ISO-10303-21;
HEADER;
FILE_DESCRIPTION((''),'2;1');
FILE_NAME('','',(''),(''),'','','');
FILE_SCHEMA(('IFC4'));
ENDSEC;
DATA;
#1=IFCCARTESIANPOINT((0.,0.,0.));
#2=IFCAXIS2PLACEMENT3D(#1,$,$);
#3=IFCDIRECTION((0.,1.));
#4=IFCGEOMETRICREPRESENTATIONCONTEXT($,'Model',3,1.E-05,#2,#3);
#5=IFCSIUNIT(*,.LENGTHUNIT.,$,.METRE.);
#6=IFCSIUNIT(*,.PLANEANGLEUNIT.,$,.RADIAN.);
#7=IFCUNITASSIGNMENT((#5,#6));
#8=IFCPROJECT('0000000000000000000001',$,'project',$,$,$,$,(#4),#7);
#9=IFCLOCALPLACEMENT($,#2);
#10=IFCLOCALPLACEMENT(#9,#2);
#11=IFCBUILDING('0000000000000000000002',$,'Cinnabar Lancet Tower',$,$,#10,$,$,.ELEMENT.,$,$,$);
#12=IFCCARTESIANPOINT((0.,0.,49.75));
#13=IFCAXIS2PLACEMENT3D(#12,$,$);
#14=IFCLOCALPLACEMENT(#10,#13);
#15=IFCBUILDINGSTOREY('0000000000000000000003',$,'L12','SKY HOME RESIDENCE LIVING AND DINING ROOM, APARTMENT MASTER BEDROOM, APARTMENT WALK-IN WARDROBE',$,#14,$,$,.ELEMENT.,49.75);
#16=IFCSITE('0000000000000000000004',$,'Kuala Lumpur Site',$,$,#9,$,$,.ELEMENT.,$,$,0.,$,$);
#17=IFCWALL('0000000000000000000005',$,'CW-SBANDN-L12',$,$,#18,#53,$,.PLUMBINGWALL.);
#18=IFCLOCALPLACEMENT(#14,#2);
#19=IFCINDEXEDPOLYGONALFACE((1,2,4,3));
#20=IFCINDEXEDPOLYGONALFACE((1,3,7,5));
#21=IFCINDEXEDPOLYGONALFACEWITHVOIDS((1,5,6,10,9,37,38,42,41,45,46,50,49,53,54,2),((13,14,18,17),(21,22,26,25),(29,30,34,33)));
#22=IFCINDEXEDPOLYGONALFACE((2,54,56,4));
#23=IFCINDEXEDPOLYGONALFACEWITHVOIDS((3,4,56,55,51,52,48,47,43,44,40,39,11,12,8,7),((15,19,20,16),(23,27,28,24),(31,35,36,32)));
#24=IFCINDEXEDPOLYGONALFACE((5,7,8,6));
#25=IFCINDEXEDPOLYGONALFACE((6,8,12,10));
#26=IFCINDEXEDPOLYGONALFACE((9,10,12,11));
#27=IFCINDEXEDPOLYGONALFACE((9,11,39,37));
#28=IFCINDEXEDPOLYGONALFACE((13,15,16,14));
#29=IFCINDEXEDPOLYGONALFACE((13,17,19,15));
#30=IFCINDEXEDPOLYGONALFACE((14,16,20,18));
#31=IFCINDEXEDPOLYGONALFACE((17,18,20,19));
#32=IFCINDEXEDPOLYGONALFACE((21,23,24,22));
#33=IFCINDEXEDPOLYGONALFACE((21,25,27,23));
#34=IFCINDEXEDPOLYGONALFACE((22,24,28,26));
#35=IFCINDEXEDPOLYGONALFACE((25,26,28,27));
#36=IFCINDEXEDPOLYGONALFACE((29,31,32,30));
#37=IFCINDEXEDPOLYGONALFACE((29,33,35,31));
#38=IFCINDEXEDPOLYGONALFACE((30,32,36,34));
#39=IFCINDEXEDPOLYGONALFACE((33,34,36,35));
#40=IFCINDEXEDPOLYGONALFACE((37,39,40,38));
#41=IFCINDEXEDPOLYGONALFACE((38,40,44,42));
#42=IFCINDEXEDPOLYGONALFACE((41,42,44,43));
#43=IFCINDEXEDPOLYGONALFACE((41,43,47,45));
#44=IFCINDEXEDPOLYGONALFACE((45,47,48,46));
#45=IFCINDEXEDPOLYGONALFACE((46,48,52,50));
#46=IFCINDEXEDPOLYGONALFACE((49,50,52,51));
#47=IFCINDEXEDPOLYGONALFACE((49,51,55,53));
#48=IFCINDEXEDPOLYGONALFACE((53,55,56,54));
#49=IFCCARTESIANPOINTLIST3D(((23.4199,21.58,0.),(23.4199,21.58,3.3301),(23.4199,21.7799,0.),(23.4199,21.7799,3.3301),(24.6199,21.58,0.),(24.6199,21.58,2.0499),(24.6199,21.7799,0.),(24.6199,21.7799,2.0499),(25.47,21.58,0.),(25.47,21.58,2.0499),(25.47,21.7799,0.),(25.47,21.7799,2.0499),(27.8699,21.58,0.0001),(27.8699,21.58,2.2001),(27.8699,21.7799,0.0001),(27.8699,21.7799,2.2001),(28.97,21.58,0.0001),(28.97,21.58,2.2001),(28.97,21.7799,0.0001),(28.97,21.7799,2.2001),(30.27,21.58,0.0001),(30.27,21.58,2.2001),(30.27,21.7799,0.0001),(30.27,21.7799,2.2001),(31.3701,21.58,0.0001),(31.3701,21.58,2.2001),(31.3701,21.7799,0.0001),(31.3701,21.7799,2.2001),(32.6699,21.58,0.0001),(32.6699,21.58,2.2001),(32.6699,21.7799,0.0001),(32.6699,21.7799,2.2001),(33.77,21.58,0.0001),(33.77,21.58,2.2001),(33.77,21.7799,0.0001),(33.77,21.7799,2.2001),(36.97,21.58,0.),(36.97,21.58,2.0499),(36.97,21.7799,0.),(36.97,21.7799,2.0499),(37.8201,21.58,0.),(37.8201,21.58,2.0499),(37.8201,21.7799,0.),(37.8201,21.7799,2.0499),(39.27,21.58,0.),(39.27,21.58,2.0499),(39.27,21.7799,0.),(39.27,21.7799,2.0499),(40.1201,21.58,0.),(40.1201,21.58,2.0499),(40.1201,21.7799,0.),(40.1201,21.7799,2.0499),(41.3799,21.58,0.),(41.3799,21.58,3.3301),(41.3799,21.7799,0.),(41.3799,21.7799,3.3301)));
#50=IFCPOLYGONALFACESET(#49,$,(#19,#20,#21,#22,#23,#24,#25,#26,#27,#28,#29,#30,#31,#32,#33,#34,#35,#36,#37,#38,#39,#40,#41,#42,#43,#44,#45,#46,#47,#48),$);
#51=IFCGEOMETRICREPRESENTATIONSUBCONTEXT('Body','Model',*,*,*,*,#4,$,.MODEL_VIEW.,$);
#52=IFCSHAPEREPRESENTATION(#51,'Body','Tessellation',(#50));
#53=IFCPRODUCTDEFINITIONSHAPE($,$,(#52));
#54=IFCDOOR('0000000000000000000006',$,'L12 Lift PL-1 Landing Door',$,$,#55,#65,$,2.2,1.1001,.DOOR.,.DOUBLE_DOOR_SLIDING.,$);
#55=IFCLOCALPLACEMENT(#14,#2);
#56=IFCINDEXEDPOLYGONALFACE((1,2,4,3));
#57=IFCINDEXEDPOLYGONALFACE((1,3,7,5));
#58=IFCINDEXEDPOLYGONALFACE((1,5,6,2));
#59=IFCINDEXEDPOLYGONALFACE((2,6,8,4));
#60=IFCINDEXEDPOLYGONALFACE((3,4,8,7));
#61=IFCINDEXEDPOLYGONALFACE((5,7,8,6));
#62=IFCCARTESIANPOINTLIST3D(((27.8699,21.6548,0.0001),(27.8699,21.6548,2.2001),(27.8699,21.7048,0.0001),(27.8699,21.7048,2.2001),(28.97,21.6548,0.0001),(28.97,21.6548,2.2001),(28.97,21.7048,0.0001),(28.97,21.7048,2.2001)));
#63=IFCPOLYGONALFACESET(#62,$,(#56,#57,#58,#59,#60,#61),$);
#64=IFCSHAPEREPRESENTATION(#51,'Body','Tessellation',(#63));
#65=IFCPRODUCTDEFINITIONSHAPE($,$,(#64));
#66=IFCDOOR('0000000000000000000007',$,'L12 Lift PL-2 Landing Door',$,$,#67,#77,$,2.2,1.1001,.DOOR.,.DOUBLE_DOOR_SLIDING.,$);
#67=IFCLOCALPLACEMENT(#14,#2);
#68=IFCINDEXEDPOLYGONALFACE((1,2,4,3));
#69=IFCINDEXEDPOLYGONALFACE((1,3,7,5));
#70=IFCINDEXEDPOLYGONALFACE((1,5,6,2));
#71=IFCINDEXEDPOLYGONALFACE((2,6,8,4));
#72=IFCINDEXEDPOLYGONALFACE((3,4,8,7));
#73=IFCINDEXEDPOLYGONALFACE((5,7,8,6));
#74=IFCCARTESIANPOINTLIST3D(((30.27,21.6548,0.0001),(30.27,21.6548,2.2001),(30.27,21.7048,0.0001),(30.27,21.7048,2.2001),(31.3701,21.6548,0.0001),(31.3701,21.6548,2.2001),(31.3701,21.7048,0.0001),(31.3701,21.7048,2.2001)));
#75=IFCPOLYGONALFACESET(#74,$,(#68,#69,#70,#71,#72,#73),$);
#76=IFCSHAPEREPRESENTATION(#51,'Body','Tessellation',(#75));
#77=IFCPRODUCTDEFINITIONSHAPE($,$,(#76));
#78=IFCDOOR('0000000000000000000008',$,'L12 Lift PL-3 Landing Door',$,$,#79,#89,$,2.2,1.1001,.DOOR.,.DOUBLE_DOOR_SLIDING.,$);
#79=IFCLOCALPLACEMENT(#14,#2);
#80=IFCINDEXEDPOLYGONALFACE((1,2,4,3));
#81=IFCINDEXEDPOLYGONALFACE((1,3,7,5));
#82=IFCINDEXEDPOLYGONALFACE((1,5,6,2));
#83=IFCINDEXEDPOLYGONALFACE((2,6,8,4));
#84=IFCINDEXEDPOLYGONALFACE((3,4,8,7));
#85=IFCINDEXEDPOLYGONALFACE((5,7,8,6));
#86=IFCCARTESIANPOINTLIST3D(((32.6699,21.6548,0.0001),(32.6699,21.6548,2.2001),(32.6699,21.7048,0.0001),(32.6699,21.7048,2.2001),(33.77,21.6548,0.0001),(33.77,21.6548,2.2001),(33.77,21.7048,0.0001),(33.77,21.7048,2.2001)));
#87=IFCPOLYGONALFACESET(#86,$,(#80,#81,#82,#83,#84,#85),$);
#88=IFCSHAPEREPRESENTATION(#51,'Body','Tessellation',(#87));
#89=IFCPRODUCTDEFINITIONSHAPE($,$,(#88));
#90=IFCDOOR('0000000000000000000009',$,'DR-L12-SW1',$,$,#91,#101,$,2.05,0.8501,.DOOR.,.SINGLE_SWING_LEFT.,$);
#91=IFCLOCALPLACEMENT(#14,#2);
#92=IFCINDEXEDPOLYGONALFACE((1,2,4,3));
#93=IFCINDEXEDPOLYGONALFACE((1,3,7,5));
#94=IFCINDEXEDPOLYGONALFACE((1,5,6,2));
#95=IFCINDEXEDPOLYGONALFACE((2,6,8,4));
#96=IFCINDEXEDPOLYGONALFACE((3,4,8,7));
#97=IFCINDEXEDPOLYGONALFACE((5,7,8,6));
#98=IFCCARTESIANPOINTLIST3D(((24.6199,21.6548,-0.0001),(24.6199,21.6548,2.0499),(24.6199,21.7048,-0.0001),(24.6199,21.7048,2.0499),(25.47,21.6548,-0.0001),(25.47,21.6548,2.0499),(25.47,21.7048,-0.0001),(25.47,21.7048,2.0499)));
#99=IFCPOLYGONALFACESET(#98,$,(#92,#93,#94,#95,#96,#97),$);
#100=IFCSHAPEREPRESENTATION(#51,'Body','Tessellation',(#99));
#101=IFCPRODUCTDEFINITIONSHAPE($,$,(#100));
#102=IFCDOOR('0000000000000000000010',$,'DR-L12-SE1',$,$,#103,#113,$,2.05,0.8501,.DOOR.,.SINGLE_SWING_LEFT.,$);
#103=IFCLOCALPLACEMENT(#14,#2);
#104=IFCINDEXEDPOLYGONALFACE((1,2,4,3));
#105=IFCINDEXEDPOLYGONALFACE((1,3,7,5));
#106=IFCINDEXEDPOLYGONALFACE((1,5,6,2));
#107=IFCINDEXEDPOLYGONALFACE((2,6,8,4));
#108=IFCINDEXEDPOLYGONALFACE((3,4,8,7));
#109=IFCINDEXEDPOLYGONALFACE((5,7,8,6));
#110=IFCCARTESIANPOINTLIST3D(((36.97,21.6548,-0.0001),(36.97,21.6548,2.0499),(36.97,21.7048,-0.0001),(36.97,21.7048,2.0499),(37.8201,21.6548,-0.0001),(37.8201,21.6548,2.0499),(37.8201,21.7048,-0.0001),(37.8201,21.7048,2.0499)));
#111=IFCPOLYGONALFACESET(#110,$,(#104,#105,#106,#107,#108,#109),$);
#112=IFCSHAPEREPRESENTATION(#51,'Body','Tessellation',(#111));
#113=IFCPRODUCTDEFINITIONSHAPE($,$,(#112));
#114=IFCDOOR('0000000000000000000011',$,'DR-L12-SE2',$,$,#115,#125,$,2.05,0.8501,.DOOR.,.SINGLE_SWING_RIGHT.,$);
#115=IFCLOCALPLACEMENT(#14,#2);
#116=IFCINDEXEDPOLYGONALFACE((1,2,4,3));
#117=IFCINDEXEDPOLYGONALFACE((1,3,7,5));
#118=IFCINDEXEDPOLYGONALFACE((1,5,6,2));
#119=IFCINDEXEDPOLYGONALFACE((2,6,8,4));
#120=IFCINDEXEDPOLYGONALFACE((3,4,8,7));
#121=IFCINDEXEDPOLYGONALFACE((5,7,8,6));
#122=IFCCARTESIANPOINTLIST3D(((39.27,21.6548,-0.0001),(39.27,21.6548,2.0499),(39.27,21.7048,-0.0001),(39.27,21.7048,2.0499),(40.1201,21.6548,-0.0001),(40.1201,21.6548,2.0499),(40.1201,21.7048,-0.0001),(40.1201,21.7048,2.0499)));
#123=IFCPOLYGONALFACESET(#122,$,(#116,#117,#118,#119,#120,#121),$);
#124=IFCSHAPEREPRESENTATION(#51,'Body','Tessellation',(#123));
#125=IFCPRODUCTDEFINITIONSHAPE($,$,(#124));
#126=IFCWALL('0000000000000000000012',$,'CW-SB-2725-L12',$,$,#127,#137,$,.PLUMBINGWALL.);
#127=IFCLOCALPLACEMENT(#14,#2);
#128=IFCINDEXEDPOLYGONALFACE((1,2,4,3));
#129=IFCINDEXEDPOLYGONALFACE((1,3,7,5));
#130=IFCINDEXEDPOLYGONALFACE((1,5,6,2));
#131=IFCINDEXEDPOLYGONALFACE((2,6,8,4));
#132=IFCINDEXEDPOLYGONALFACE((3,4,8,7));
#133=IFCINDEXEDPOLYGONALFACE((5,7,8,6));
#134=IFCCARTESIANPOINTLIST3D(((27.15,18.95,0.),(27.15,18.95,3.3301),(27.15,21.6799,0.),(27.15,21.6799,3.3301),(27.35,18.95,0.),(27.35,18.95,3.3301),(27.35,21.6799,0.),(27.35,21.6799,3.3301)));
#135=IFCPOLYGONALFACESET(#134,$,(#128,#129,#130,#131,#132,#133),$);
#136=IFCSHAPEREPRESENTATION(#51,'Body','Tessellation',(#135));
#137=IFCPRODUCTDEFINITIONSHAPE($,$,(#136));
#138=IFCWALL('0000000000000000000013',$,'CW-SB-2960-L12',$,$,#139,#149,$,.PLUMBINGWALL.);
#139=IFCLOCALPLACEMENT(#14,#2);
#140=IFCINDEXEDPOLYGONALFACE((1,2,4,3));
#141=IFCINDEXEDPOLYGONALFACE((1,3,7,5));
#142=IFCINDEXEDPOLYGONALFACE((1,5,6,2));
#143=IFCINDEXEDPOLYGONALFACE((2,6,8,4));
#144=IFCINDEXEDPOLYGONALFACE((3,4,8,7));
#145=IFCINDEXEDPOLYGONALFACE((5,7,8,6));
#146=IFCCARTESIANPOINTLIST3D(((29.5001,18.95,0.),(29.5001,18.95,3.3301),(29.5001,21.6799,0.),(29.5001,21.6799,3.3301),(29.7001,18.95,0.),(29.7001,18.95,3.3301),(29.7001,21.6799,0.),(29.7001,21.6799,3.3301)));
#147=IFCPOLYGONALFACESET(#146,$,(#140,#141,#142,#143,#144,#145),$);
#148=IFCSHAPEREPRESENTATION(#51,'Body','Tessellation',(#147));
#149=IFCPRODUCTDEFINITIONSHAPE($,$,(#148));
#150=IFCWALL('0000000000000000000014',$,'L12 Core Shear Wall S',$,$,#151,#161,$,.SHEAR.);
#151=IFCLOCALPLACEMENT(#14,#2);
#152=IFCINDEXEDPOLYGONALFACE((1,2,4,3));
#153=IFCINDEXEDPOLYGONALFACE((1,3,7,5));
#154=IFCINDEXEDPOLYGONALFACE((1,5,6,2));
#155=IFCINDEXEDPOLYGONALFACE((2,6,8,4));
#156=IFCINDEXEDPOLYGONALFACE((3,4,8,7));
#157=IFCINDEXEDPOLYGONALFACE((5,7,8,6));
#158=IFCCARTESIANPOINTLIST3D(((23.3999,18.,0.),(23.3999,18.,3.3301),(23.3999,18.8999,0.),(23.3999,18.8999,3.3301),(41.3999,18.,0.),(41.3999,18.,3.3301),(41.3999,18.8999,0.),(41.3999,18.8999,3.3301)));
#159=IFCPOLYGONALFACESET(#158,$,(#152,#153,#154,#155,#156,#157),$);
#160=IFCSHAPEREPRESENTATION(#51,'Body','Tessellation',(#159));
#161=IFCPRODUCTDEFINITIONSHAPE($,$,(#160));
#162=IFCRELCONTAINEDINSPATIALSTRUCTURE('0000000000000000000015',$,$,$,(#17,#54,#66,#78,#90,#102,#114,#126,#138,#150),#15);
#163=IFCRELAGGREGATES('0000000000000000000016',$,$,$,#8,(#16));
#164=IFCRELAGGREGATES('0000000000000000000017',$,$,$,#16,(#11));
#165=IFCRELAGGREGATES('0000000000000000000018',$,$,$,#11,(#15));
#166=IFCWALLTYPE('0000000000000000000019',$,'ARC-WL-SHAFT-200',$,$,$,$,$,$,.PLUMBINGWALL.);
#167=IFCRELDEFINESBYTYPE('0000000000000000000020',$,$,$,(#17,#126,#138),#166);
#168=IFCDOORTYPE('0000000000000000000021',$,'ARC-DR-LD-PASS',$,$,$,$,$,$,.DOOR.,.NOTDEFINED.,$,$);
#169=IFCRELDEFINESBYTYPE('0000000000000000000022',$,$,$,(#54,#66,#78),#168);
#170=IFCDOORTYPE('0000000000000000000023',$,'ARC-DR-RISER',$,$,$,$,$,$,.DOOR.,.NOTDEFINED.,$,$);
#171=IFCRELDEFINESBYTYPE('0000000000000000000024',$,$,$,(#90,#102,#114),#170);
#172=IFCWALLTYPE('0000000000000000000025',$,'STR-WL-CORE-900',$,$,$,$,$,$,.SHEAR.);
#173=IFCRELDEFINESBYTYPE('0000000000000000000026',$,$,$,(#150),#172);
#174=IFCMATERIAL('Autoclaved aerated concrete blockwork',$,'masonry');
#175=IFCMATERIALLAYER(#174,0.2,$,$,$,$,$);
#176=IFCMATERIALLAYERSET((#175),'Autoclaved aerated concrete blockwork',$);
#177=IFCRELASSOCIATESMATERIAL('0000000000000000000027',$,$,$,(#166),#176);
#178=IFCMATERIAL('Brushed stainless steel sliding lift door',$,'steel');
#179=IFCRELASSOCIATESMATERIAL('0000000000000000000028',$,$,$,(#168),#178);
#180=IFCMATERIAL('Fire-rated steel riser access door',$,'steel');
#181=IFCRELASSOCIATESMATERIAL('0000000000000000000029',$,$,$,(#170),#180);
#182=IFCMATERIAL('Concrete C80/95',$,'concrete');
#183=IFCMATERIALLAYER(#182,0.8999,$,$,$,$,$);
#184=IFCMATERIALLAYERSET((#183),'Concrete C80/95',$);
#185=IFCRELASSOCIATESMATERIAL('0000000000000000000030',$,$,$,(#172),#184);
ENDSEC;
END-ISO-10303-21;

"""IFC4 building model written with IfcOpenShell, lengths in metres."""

from ifc_helpers import new_model, si_unit, direction, frame, frame_2d, origin, place, context, subcontext, project, spatial, rectangle, extrude, material, layer, layer_set, type_object, element, fill, save


model = new_model("IFC4")

# Units and contexts
model_context = context("Model", 3, precision=1e-05, world=origin(), true_north=direction((0.0, 1.0)))
body_context = subcontext(model_context, "Body", "Model", "MODEL_VIEW")
ifc_project = project(units=[si_unit("LENGTHUNIT", "METRE"), si_unit("PLANEANGLEUNIT", "RADIAN")], contexts=[model_context])

# Site, building, storey
site_placement = place(None, origin())
site = spatial("IfcSite", under=ifc_project, at=site_placement, Name="Kuala Lumpur Site", CompositionType="ELEMENT", RefElevation=0.0)
building_placement = place(site_placement, origin())
building = spatial("IfcBuilding", under=site, at=building_placement, Name="Cinnabar Lancet Tower", CompositionType="ELEMENT")
storey_placement = place(building_placement, frame((0.0, 0.0, 49.75)))
storey = spatial("IfcBuildingStorey", under=building, at=storey_placement, Name="L12", Description="SKY HOME RESIDENCE LIVING AND DINING ROOM, APARTMENT MASTER BEDROOM, APARTMENT WALK-IN WARDROBE", CompositionType="ELEMENT", Elevation=49.75)

# Shared definitions
ifc_material_1 = material(Name="Autoclaved aerated concrete blockwork", Category="masonry")
ifc_layer_1 = layer(ifc_material_1, 0.2)
ifc_layer_set_1 = layer_set([ifc_layer_1], Name="Autoclaved aerated concrete blockwork")
wall_type_1 = type_object("IfcWallType", Name="ARC-WL-SHAFT-200", PredefinedType="PLUMBINGWALL", material=ifc_layer_set_1)

# Wall, openings, doors
wall_1_placement = place(storey_placement, frame((23.4199, 21.6799, 0.0), z_axis=(0.0, 0.0, 1.0), x_axis=(1.0, 0.0, 0.0)))
wall_1 = element("IfcWall", 1, at=wall_1_placement, inside=storey, type_object=wall_type_1, Name="CW-SBANDN-L12", PredefinedType="PLUMBINGWALL", context=body_context, shape_type="SweptSolid", body=[
    extrude(rectangle(XDim=17.96, YDim=0.2, at=frame_2d((8.98, 0.0))), origin(), (0.0, 0.0, 1.0), 3.3301),
])
opening_1_placement = place(wall_1_placement, frame((4.45, 0.0, 0.0)))
opening_1 = element("IfcOpeningElement", 2, at=opening_1_placement, cuts=wall_1, PredefinedType="OPENING", context=body_context, shape_type="SweptSolid", body=[
    extrude(rectangle(XDim=1.1001, YDim=2.2, at=frame_2d((0.55, 1.1001))), frame((0.0, 0.1099, 0.0), z_axis=(0.0, -1.0, 0.0), x_axis=(1.0, 0.0, 0.0)), (0.0, 0.0, 1.0), 0.22),
])
opening_2_placement = place(wall_1_placement, frame((6.8501, 0.0, 0.0)))
opening_2 = element("IfcOpeningElement", 3, at=opening_2_placement, cuts=wall_1, PredefinedType="OPENING", context=body_context, shape_type="SweptSolid", body=[
    extrude(rectangle(XDim=1.1001, YDim=2.2, at=frame_2d((0.55, 1.1001))), frame((0.0, 0.1099, 0.0), z_axis=(0.0, -1.0, 0.0), x_axis=(1.0, 0.0, 0.0)), (0.0, 0.0, 1.0), 0.22),
])
opening_3_placement = place(wall_1_placement, frame((9.25, 0.0, 0.0)))
opening_3 = element("IfcOpeningElement", 4, at=opening_3_placement, cuts=wall_1, PredefinedType="OPENING", context=body_context, shape_type="SweptSolid", body=[
    extrude(rectangle(XDim=1.1001, YDim=2.2, at=frame_2d((0.55, 1.1001))), frame((0.0, 0.1099, 0.0), z_axis=(0.0, -1.0, 0.0), x_axis=(1.0, 0.0, 0.0)), (0.0, 0.0, 1.0), 0.22),
])
opening_4_placement = place(wall_1_placement, frame((1.2, 0.0, 0.0)))
opening_4 = element("IfcOpeningElement", 5, at=opening_4_placement, cuts=wall_1, PredefinedType="OPENING", context=body_context, shape_type="SweptSolid", body=[
    extrude(rectangle(XDim=0.8501, YDim=2.05, at=frame_2d((0.425, 1.0249))), frame((0.0, 0.1099, 0.0), z_axis=(0.0, -1.0, 0.0), x_axis=(1.0, 0.0, 0.0)), (0.0, 0.0, 1.0), 0.22),
])
opening_5_placement = place(wall_1_placement, frame((13.55, 0.0, 0.0)))
opening_5 = element("IfcOpeningElement", 6, at=opening_5_placement, cuts=wall_1, PredefinedType="OPENING", context=body_context, shape_type="SweptSolid", body=[
    extrude(rectangle(XDim=0.8501, YDim=2.05, at=frame_2d((0.425, 1.0249))), frame((0.0, 0.1099, 0.0), z_axis=(0.0, -1.0, 0.0), x_axis=(1.0, 0.0, 0.0)), (0.0, 0.0, 1.0), 0.22),
])
opening_6_placement = place(wall_1_placement, frame((15.8501, 0.0, 0.0)))
opening_6 = element("IfcOpeningElement", 7, at=opening_6_placement, cuts=wall_1, PredefinedType="OPENING", context=body_context, shape_type="SweptSolid", body=[
    extrude(rectangle(XDim=0.8501, YDim=2.05, at=frame_2d((0.425, 1.0249))), frame((0.0, 0.1099, 0.0), z_axis=(0.0, -1.0, 0.0), x_axis=(1.0, 0.0, 0.0)), (0.0, 0.0, 1.0), 0.22),
])
ifc_material_2 = material(Name="Brushed stainless steel sliding lift door", Category="steel")
door_type_1 = type_object("IfcDoorType", Name="ARC-DR-LD-PASS", OperationType="NOTDEFINED", PredefinedType="DOOR", material=ifc_material_2)
door_1_placement = place(opening_1_placement, origin())
door_1 = element("IfcDoor", 8, at=door_1_placement, inside=storey, type_object=door_type_1, Name="L12 Lift PL-1 Landing Door", OperationType="DOUBLE_DOOR_SLIDING", OverallHeight=2.2, OverallWidth=1.1001, PredefinedType="DOOR", context=body_context, shape_type="SweptSolid", body=[
    extrude(rectangle(XDim=1.1001, YDim=2.2, at=frame_2d((0.55, 1.1001))), frame((0.0, 0.0249, 0.0), z_axis=(0.0, -1.0, 0.0), x_axis=(1.0, 0.0, 0.0)), (0.0, 0.0, 1.0), 0.05),
])
fill(opening_1, door_1)
door_2_placement = place(opening_2_placement, origin())
door_2 = element("IfcDoor", 9, at=door_2_placement, inside=storey, type_object=door_type_1, Name="L12 Lift PL-2 Landing Door", OperationType="DOUBLE_DOOR_SLIDING", OverallHeight=2.2, OverallWidth=1.1001, PredefinedType="DOOR", context=body_context, shape_type="SweptSolid", body=[
    extrude(rectangle(XDim=1.1001, YDim=2.2, at=frame_2d((0.55, 1.1001))), frame((0.0, 0.0249, 0.0), z_axis=(0.0, -1.0, 0.0), x_axis=(1.0, 0.0, 0.0)), (0.0, 0.0, 1.0), 0.05),
])
fill(opening_2, door_2)
door_3_placement = place(opening_3_placement, origin())
door_3 = element("IfcDoor", 10, at=door_3_placement, inside=storey, type_object=door_type_1, Name="L12 Lift PL-3 Landing Door", OperationType="DOUBLE_DOOR_SLIDING", OverallHeight=2.2, OverallWidth=1.1001, PredefinedType="DOOR", context=body_context, shape_type="SweptSolid", body=[
    extrude(rectangle(XDim=1.1001, YDim=2.2, at=frame_2d((0.55, 1.1001))), frame((0.0, 0.0249, 0.0), z_axis=(0.0, -1.0, 0.0), x_axis=(1.0, 0.0, 0.0)), (0.0, 0.0, 1.0), 0.05),
])
fill(opening_3, door_3)
ifc_material_3 = material(Name="Fire-rated steel riser access door", Category="steel")
door_type_2 = type_object("IfcDoorType", Name="ARC-DR-RISER", OperationType="NOTDEFINED", PredefinedType="DOOR", material=ifc_material_3)
door_4_placement = place(opening_4_placement, origin())
door_4 = element("IfcDoor", 11, at=door_4_placement, inside=storey, type_object=door_type_2, Name="DR-L12-SW1", OperationType="SINGLE_SWING_LEFT", OverallHeight=2.05, OverallWidth=0.8501, PredefinedType="DOOR", context=body_context, shape_type="SweptSolid", body=[
    extrude(rectangle(XDim=0.8501, YDim=2.05, at=frame_2d((0.425, 1.0249))), frame((0.0, 0.0249, 0.0), z_axis=(0.0, -1.0, 0.0), x_axis=(1.0, 0.0, 0.0)), (0.0, 0.0, 1.0), 0.05),
])
fill(opening_4, door_4)
door_5_placement = place(opening_5_placement, origin())
door_5 = element("IfcDoor", 12, at=door_5_placement, inside=storey, type_object=door_type_2, Name="DR-L12-SE1", OperationType="SINGLE_SWING_LEFT", OverallHeight=2.05, OverallWidth=0.8501, PredefinedType="DOOR", context=body_context, shape_type="SweptSolid", body=[
    extrude(rectangle(XDim=0.8501, YDim=2.05, at=frame_2d((0.425, 1.0249))), frame((0.0, 0.0249, 0.0), z_axis=(0.0, -1.0, 0.0), x_axis=(1.0, 0.0, 0.0)), (0.0, 0.0, 1.0), 0.05),
])
fill(opening_5, door_5)
door_6_placement = place(opening_6_placement, origin())
door_6 = element("IfcDoor", 13, at=door_6_placement, inside=storey, type_object=door_type_2, Name="DR-L12-SE2", OperationType="SINGLE_SWING_RIGHT", OverallHeight=2.05, OverallWidth=0.8501, PredefinedType="DOOR", context=body_context, shape_type="SweptSolid", body=[
    extrude(rectangle(XDim=0.8501, YDim=2.05, at=frame_2d((0.425, 1.0249))), frame((0.0, 0.0249, 0.0), z_axis=(0.0, -1.0, 0.0), x_axis=(1.0, 0.0, 0.0)), (0.0, 0.0, 1.0), 0.05),
])
fill(opening_6, door_6)

# Walls
for number, where, z_axis, x_axis, name in (
    (14, (27.25, 18.95, 0.0), (0.0, 0.0, 1.0), (0.0, 1.0, 0.0), "CW-SB-2725-L12"),
    (15, (29.6001, 18.95, 0.0), (0.0, 0.0, 1.0), (0.0, 1.0, 0.0), "CW-SB-2960-L12"),
):
    element("IfcWall", number, at=place(storey_placement, frame(where, z_axis=z_axis, x_axis=x_axis)), inside=storey, type_object=wall_type_1, Name=name, PredefinedType="PLUMBINGWALL", context=body_context, shape_type="SweptSolid", body=[
        extrude(rectangle(XDim=2.73, YDim=0.2, at=frame_2d((1.365, 0.0))), origin(), (0.0, 0.0, 1.0), 3.3301),
    ])
ifc_material_4 = material(Name="Concrete C80/95", Category="concrete")
ifc_layer_2 = layer(ifc_material_4, 0.8999)
ifc_layer_set_2 = layer_set([ifc_layer_2], Name="Concrete C80/95")
wall_type_2 = type_object("IfcWallType", Name="STR-WL-CORE-900", PredefinedType="SHEAR", material=ifc_layer_set_2)
wall_2_placement = place(storey_placement, frame((23.3999, 18.45, 0.0), z_axis=(0.0, 0.0, 1.0), x_axis=(1.0, 0.0, 0.0)))
element("IfcWall", 16, at=wall_2_placement, inside=storey, type_object=wall_type_2, Name="L12 Core Shear Wall S", PredefinedType="SHEAR", context=body_context, shape_type="SweptSolid", body=[
    extrude(rectangle(XDim=18.0, YDim=0.8999, at=frame_2d((9.0, 0.0))), origin(), (0.0, 0.0, 1.0), 3.3301),
])

save(model, "model.ifc")
